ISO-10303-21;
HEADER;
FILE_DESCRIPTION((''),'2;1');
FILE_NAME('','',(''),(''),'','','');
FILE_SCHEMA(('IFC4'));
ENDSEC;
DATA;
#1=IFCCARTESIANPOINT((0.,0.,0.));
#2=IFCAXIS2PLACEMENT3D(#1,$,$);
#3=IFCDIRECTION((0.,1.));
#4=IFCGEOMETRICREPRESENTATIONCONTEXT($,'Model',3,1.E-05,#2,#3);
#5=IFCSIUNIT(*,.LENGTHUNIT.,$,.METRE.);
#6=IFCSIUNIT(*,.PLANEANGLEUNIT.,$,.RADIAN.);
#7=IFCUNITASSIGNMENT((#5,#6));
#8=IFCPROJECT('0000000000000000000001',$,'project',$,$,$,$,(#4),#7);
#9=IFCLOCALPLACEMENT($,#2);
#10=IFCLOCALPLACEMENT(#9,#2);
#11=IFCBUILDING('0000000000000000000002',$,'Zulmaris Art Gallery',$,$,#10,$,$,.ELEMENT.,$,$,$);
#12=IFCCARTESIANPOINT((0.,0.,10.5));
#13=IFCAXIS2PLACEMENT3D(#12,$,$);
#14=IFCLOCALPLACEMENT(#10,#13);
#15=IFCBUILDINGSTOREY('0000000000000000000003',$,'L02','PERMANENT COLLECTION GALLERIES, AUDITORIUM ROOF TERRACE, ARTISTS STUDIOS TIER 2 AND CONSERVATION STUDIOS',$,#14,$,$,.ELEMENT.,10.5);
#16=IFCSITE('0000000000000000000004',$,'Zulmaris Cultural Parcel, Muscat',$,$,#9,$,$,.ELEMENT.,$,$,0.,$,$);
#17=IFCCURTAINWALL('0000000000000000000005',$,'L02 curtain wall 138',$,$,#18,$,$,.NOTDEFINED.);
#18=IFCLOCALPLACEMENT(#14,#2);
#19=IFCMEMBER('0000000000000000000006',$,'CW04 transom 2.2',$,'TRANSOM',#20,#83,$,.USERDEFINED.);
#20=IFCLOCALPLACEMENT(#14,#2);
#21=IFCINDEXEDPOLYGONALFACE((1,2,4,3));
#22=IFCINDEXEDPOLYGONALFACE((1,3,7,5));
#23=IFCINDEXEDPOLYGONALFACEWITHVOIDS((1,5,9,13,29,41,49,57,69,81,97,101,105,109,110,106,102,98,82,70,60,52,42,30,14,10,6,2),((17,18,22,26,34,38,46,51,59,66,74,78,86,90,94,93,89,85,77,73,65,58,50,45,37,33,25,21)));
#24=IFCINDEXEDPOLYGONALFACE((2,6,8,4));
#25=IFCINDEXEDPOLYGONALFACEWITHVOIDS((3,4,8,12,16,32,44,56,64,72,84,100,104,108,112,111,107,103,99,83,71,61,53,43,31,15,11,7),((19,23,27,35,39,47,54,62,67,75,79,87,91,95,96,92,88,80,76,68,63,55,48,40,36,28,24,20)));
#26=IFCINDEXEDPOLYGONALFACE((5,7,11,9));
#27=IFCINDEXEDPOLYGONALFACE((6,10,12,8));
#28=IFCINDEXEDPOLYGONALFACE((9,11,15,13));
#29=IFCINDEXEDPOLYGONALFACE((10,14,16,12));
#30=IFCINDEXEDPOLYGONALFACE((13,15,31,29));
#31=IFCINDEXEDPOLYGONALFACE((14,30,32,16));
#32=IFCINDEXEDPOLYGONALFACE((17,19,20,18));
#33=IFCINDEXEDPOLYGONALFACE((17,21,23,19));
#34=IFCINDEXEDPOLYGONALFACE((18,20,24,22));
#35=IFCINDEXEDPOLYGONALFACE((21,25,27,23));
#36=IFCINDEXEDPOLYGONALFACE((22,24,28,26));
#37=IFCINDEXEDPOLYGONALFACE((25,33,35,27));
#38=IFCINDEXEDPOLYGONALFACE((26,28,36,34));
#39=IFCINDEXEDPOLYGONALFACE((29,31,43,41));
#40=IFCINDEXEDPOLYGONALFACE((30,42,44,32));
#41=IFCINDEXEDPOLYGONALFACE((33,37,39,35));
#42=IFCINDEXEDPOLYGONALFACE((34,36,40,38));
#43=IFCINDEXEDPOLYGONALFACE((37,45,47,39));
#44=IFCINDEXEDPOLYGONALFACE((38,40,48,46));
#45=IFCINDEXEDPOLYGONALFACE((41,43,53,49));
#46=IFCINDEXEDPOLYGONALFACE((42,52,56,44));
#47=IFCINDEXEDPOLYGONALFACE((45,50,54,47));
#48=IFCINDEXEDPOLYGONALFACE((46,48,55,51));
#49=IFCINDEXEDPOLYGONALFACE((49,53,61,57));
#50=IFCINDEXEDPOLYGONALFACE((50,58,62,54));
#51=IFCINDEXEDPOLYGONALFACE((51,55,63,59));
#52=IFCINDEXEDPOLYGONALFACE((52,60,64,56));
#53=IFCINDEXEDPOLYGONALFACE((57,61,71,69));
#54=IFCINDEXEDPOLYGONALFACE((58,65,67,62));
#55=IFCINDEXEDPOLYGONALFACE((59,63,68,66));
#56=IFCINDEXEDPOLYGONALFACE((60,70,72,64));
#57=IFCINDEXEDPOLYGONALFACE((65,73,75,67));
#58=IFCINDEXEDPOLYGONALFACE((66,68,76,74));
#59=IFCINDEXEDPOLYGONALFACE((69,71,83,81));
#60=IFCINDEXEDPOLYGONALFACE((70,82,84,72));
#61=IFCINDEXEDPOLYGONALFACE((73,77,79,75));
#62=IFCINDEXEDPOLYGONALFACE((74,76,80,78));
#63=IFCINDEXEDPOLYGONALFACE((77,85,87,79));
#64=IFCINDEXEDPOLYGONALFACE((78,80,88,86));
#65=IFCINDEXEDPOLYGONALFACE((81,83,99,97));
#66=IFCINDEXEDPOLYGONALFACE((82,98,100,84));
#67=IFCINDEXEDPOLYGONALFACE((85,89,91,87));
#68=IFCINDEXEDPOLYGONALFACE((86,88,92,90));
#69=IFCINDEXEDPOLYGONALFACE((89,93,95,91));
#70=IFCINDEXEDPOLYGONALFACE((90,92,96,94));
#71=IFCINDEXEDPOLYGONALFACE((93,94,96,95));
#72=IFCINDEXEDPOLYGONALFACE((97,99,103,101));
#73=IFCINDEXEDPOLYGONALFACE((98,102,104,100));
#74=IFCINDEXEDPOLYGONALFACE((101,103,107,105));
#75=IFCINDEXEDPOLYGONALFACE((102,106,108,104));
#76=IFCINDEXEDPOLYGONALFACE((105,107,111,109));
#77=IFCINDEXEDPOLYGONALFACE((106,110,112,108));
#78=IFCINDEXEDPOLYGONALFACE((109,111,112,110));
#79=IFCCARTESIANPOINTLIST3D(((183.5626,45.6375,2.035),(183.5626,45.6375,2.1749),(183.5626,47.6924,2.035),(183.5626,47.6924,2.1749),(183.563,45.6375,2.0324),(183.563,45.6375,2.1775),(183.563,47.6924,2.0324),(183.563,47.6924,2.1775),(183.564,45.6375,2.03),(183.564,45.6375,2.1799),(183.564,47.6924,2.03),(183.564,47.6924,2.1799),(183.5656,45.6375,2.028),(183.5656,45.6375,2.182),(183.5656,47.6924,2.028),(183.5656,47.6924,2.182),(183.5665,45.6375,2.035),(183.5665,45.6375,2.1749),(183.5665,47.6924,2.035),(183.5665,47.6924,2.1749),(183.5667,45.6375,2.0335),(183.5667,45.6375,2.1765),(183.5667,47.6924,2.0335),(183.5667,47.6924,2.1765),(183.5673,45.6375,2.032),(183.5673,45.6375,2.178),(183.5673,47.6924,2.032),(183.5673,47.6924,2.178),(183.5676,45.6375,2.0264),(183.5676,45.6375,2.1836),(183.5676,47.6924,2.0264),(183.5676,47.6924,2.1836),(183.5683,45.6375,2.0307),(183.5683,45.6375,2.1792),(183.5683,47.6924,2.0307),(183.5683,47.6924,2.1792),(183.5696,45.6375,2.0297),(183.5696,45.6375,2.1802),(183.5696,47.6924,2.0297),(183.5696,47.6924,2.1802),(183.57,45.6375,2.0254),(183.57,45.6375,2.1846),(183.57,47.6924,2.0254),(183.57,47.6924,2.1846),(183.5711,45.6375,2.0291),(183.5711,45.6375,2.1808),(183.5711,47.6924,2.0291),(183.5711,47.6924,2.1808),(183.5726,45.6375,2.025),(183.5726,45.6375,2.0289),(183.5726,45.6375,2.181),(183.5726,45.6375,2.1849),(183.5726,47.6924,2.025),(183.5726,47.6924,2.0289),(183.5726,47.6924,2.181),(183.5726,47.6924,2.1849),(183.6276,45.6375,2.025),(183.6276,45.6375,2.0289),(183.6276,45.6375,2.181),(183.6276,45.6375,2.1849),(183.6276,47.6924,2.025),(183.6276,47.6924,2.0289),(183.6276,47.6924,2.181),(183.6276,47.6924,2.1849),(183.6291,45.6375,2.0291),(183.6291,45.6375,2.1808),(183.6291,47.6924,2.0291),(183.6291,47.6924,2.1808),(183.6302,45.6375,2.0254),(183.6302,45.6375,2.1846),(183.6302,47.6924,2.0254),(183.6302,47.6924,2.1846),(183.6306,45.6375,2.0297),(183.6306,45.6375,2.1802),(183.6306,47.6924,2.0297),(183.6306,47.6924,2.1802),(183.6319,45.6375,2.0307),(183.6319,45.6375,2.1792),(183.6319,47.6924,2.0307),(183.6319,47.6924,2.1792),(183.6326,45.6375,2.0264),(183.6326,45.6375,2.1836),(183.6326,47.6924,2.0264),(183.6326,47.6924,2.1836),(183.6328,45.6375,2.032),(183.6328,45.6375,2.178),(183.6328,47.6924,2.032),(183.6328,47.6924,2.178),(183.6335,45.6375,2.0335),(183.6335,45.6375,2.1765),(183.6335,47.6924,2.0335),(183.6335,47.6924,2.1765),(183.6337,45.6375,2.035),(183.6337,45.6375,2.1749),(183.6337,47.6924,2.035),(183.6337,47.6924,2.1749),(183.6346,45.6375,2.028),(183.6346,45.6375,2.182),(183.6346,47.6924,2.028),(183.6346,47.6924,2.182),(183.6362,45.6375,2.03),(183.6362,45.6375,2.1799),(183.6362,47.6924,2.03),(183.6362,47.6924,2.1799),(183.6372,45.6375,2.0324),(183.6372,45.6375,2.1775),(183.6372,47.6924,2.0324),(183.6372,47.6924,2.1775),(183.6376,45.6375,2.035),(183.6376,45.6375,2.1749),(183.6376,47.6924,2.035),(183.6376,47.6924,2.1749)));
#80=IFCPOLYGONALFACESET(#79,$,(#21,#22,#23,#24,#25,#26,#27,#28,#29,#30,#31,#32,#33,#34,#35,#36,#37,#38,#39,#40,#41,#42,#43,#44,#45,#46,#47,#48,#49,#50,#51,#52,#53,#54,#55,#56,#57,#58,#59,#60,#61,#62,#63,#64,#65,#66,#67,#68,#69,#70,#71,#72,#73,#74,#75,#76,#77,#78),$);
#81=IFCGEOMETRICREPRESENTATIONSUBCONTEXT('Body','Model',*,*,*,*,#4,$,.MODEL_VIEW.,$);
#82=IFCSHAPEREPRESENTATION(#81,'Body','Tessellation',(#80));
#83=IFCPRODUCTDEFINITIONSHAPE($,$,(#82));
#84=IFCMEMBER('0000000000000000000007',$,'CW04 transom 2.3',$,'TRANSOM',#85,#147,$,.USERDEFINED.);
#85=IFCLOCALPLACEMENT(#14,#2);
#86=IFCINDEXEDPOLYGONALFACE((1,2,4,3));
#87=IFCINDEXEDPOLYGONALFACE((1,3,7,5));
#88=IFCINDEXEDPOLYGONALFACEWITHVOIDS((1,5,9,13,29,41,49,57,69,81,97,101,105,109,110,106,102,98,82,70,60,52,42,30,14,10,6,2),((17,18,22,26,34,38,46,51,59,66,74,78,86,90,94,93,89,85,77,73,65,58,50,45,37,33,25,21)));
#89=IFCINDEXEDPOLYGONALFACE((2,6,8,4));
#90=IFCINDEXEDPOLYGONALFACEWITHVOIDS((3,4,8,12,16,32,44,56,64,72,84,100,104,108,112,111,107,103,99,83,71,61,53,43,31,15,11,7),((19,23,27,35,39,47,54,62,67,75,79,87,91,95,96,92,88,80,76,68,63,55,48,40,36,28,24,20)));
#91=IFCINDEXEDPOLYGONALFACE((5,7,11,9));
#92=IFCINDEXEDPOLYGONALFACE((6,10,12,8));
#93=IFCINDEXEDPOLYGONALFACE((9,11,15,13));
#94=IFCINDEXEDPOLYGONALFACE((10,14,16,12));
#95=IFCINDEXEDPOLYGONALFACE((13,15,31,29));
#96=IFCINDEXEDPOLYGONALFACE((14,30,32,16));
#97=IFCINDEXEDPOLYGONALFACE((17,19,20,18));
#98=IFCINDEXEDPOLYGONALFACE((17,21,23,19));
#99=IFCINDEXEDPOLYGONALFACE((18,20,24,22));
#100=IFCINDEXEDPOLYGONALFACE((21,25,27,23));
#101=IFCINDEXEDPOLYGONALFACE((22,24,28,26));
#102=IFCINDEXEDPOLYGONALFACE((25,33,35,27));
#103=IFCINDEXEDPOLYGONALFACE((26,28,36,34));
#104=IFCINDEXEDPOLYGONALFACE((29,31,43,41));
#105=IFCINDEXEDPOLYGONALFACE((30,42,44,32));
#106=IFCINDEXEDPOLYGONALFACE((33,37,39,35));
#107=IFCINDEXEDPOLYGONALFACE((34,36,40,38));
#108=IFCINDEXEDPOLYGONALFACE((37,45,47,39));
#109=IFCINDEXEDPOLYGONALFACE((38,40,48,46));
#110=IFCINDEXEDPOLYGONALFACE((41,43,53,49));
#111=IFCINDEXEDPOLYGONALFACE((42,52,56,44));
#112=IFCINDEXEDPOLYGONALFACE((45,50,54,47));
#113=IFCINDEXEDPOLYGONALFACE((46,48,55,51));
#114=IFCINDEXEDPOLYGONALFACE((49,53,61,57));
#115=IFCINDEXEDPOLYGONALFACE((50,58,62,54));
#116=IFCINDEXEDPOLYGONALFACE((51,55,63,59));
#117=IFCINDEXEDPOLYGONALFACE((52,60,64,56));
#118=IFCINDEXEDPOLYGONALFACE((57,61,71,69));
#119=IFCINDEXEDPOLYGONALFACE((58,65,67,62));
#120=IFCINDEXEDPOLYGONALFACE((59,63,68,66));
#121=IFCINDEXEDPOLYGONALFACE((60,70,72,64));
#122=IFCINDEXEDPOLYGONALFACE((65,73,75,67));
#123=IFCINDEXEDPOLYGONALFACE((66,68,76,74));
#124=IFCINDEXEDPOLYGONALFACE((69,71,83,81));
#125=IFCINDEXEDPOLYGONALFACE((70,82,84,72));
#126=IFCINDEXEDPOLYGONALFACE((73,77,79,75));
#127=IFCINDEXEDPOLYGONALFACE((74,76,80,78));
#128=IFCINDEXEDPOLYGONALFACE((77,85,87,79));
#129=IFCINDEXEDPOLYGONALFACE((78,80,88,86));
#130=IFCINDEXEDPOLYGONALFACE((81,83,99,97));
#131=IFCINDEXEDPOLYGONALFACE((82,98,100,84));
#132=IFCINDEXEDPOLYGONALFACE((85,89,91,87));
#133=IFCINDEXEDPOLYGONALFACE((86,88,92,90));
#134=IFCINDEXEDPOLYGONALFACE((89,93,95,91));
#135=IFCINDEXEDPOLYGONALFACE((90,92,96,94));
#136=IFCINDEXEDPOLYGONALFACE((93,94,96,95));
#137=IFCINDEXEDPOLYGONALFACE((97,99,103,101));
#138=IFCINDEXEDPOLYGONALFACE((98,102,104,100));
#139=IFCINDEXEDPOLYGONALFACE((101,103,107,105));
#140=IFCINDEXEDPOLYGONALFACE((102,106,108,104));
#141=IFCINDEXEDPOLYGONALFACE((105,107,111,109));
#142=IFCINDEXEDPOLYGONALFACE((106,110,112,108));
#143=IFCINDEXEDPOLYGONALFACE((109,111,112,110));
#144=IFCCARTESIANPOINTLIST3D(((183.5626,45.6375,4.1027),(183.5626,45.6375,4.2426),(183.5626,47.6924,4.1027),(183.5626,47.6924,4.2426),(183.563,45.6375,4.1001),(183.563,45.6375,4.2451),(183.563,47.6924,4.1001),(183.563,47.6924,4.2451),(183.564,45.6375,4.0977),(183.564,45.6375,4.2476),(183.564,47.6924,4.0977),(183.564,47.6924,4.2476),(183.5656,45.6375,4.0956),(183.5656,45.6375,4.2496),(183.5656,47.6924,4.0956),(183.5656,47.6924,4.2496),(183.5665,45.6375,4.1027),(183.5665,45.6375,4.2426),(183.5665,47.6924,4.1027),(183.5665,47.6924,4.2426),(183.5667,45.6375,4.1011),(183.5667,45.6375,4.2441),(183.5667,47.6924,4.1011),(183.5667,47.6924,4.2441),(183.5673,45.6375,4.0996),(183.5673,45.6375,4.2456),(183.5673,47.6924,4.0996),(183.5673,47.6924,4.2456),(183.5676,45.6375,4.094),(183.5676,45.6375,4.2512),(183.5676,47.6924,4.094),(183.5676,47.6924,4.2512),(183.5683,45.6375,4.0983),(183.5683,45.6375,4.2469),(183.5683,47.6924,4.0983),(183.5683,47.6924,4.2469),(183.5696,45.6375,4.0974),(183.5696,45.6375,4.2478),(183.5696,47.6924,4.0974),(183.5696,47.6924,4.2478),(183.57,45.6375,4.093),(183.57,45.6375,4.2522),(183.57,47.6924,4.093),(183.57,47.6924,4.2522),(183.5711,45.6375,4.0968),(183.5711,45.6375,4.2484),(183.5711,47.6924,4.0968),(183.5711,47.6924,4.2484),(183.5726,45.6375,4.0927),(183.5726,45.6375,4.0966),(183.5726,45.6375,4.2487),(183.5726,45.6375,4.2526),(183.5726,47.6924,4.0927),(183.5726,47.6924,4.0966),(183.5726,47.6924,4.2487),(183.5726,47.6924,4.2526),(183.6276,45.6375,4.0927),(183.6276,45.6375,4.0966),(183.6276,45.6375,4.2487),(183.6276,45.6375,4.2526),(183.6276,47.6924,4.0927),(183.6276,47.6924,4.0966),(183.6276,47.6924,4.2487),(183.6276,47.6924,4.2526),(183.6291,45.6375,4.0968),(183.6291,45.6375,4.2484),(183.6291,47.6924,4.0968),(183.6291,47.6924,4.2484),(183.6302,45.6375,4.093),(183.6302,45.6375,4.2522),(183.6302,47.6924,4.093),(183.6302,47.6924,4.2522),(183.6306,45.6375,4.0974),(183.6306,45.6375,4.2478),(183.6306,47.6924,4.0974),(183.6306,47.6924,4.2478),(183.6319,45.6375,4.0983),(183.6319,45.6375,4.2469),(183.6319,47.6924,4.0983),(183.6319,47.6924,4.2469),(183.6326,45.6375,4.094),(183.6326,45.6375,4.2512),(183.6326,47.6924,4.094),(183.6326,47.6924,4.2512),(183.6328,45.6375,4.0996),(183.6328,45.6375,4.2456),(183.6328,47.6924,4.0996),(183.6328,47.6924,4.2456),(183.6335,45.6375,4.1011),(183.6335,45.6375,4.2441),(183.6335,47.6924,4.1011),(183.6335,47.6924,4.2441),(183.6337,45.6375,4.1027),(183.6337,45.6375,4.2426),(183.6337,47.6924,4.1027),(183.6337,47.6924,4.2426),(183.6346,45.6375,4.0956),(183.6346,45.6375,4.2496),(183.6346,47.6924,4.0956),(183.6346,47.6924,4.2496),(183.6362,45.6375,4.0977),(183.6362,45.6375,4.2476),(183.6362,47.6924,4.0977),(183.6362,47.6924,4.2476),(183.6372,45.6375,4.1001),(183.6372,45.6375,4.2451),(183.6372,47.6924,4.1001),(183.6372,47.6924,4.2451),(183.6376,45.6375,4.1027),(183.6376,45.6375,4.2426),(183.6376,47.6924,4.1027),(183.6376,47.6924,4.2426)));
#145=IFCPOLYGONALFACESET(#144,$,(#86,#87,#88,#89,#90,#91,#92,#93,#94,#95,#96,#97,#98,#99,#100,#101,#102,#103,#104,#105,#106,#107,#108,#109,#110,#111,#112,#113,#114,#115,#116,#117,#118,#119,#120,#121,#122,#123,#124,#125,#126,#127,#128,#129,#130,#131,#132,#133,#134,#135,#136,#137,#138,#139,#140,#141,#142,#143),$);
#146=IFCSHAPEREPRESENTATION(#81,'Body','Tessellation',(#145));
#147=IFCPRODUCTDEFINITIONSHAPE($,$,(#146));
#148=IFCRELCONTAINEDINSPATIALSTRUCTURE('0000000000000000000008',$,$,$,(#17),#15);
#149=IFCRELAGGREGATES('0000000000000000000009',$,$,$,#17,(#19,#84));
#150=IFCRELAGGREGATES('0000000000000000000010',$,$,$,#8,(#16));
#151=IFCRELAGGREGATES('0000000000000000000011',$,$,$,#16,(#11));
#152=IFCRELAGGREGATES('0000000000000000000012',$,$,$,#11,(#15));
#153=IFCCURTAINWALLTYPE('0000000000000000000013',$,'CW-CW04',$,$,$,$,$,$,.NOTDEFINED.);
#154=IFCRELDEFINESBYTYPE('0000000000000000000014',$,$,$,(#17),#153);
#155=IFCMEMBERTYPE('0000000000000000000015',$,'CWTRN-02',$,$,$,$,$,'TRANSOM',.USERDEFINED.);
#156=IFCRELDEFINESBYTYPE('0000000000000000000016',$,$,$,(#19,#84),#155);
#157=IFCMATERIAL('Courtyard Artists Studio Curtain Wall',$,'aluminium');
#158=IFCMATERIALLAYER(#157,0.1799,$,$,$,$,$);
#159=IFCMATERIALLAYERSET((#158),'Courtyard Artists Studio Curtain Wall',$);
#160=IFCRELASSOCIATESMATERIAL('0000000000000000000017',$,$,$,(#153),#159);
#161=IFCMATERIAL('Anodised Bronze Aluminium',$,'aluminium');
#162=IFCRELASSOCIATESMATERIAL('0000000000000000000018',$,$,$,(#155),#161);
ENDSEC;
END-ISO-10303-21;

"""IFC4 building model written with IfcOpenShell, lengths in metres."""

from ifc_helpers import new_model, si_unit, direction, frame, origin, origin_2d, place, context, subcontext, project, spatial, hollow_rectangle, extrude, material, layer, layer_set, material_profile, profile_set, type_object, element, aggregate, save


model = new_model("IFC4")

# Units and contexts
model_context = context("Model", 3, precision=1e-05, world=origin(), true_north=direction((0.0, 1.0)))
body_context = subcontext(model_context, "Body", "Model", "MODEL_VIEW")
ifc_project = project(units=[si_unit("LENGTHUNIT", "METRE"), si_unit("PLANEANGLEUNIT", "RADIAN")], contexts=[model_context])

# Site, building, storey
site_placement = place(None, origin())
site = spatial("IfcSite", under=ifc_project, at=site_placement, Name="Zulmaris Cultural Parcel, Muscat", CompositionType="ELEMENT", RefElevation=0.0)
building_placement = place(site_placement, origin())
building = spatial("IfcBuilding", under=site, at=building_placement, Name="Zulmaris Art Gallery", CompositionType="ELEMENT")
storey_placement = place(building_placement, frame((0.0, 0.0, 10.5)))
storey = spatial("IfcBuildingStorey", under=building, at=storey_placement, Name="L02", Description="PERMANENT COLLECTION GALLERIES, AUDITORIUM ROOF TERRACE, ARTISTS STUDIOS TIER 2 AND CONSERVATION STUDIOS", CompositionType="ELEMENT", Elevation=10.5)

# Curtain wall
ifc_material_1 = material(Name="Courtyard Artists Studio Curtain Wall", Category="aluminium")
ifc_layer_1 = layer(ifc_material_1, 0.1799)
ifc_layer_set_1 = layer_set([ifc_layer_1], Name="Courtyard Artists Studio Curtain Wall")
curtain_wall_type = type_object("IfcCurtainWallType", Name="CW-CW04", PredefinedType="NOTDEFINED", material=ifc_layer_set_1)
curtain_wall_1_placement = place(storey_placement, origin())
curtain_wall_1 = element("IfcCurtainWall", 1, at=curtain_wall_1_placement, inside=storey, type_object=curtain_wall_type, Name="L02 curtain wall 138", PredefinedType="NOTDEFINED")
ifc_material_2 = material(Name="Anodised Bronze Aluminium", Category="aluminium")

# Members
ifc_material_profile_1 = material_profile(ifc_material_2, hollow_rectangle(XDim=0.075, YDim=0.1599, WallThickness=0.0039, InnerFilletRadius=0.0061, OuterFilletRadius=0.01, at=origin_2d()), Name="ALU 75x160x4")
ifc_profile_set_1 = profile_set([ifc_material_profile_1], Name="Anodised Bronze Aluminium")
member_type_1 = type_object("IfcMemberType", Name="CWTRN-02", ElementType="TRANSOM", PredefinedType="USERDEFINED", material=ifc_profile_set_1)
member_1_placement = place(storey_placement, frame((183.6001, 47.6924, 2.105), z_axis=(0.0, -1.0, 0.0), x_axis=(1.0, 0.0, 0.0)))
member_1 = element("IfcMember", 2, at=member_1_placement, type_object=member_type_1, Name="CW04 transom 2.2", ObjectType="TRANSOM", PredefinedType="USERDEFINED", context=body_context, shape_type="SweptSolid", body=[
    extrude(hollow_rectangle(XDim=0.075, YDim=0.1599, WallThickness=0.0039, InnerFilletRadius=0.0061, OuterFilletRadius=0.01, at=origin_2d()), origin(), (0.0, 0.0, 1.0), 2.0549),
])
member_2_placement = place(storey_placement, frame((183.6001, 47.6924, 4.1726), z_axis=(0.0, -1.0, 0.0), x_axis=(1.0, 0.0, 0.0)))
member_2 = element("IfcMember", 3, at=member_2_placement, type_object=member_type_1, Name="CW04 transom 2.3", ObjectType="TRANSOM", PredefinedType="USERDEFINED", context=body_context, shape_type="SweptSolid", body=[
    extrude(hollow_rectangle(XDim=0.075, YDim=0.1599, WallThickness=0.0039, InnerFilletRadius=0.0061, OuterFilletRadius=0.01, at=origin_2d()), origin(), (0.0, 0.0, 1.0), 2.0549),
])

aggregate(curtain_wall_1, [member_1, member_2])

save(model, "model.ifc")
